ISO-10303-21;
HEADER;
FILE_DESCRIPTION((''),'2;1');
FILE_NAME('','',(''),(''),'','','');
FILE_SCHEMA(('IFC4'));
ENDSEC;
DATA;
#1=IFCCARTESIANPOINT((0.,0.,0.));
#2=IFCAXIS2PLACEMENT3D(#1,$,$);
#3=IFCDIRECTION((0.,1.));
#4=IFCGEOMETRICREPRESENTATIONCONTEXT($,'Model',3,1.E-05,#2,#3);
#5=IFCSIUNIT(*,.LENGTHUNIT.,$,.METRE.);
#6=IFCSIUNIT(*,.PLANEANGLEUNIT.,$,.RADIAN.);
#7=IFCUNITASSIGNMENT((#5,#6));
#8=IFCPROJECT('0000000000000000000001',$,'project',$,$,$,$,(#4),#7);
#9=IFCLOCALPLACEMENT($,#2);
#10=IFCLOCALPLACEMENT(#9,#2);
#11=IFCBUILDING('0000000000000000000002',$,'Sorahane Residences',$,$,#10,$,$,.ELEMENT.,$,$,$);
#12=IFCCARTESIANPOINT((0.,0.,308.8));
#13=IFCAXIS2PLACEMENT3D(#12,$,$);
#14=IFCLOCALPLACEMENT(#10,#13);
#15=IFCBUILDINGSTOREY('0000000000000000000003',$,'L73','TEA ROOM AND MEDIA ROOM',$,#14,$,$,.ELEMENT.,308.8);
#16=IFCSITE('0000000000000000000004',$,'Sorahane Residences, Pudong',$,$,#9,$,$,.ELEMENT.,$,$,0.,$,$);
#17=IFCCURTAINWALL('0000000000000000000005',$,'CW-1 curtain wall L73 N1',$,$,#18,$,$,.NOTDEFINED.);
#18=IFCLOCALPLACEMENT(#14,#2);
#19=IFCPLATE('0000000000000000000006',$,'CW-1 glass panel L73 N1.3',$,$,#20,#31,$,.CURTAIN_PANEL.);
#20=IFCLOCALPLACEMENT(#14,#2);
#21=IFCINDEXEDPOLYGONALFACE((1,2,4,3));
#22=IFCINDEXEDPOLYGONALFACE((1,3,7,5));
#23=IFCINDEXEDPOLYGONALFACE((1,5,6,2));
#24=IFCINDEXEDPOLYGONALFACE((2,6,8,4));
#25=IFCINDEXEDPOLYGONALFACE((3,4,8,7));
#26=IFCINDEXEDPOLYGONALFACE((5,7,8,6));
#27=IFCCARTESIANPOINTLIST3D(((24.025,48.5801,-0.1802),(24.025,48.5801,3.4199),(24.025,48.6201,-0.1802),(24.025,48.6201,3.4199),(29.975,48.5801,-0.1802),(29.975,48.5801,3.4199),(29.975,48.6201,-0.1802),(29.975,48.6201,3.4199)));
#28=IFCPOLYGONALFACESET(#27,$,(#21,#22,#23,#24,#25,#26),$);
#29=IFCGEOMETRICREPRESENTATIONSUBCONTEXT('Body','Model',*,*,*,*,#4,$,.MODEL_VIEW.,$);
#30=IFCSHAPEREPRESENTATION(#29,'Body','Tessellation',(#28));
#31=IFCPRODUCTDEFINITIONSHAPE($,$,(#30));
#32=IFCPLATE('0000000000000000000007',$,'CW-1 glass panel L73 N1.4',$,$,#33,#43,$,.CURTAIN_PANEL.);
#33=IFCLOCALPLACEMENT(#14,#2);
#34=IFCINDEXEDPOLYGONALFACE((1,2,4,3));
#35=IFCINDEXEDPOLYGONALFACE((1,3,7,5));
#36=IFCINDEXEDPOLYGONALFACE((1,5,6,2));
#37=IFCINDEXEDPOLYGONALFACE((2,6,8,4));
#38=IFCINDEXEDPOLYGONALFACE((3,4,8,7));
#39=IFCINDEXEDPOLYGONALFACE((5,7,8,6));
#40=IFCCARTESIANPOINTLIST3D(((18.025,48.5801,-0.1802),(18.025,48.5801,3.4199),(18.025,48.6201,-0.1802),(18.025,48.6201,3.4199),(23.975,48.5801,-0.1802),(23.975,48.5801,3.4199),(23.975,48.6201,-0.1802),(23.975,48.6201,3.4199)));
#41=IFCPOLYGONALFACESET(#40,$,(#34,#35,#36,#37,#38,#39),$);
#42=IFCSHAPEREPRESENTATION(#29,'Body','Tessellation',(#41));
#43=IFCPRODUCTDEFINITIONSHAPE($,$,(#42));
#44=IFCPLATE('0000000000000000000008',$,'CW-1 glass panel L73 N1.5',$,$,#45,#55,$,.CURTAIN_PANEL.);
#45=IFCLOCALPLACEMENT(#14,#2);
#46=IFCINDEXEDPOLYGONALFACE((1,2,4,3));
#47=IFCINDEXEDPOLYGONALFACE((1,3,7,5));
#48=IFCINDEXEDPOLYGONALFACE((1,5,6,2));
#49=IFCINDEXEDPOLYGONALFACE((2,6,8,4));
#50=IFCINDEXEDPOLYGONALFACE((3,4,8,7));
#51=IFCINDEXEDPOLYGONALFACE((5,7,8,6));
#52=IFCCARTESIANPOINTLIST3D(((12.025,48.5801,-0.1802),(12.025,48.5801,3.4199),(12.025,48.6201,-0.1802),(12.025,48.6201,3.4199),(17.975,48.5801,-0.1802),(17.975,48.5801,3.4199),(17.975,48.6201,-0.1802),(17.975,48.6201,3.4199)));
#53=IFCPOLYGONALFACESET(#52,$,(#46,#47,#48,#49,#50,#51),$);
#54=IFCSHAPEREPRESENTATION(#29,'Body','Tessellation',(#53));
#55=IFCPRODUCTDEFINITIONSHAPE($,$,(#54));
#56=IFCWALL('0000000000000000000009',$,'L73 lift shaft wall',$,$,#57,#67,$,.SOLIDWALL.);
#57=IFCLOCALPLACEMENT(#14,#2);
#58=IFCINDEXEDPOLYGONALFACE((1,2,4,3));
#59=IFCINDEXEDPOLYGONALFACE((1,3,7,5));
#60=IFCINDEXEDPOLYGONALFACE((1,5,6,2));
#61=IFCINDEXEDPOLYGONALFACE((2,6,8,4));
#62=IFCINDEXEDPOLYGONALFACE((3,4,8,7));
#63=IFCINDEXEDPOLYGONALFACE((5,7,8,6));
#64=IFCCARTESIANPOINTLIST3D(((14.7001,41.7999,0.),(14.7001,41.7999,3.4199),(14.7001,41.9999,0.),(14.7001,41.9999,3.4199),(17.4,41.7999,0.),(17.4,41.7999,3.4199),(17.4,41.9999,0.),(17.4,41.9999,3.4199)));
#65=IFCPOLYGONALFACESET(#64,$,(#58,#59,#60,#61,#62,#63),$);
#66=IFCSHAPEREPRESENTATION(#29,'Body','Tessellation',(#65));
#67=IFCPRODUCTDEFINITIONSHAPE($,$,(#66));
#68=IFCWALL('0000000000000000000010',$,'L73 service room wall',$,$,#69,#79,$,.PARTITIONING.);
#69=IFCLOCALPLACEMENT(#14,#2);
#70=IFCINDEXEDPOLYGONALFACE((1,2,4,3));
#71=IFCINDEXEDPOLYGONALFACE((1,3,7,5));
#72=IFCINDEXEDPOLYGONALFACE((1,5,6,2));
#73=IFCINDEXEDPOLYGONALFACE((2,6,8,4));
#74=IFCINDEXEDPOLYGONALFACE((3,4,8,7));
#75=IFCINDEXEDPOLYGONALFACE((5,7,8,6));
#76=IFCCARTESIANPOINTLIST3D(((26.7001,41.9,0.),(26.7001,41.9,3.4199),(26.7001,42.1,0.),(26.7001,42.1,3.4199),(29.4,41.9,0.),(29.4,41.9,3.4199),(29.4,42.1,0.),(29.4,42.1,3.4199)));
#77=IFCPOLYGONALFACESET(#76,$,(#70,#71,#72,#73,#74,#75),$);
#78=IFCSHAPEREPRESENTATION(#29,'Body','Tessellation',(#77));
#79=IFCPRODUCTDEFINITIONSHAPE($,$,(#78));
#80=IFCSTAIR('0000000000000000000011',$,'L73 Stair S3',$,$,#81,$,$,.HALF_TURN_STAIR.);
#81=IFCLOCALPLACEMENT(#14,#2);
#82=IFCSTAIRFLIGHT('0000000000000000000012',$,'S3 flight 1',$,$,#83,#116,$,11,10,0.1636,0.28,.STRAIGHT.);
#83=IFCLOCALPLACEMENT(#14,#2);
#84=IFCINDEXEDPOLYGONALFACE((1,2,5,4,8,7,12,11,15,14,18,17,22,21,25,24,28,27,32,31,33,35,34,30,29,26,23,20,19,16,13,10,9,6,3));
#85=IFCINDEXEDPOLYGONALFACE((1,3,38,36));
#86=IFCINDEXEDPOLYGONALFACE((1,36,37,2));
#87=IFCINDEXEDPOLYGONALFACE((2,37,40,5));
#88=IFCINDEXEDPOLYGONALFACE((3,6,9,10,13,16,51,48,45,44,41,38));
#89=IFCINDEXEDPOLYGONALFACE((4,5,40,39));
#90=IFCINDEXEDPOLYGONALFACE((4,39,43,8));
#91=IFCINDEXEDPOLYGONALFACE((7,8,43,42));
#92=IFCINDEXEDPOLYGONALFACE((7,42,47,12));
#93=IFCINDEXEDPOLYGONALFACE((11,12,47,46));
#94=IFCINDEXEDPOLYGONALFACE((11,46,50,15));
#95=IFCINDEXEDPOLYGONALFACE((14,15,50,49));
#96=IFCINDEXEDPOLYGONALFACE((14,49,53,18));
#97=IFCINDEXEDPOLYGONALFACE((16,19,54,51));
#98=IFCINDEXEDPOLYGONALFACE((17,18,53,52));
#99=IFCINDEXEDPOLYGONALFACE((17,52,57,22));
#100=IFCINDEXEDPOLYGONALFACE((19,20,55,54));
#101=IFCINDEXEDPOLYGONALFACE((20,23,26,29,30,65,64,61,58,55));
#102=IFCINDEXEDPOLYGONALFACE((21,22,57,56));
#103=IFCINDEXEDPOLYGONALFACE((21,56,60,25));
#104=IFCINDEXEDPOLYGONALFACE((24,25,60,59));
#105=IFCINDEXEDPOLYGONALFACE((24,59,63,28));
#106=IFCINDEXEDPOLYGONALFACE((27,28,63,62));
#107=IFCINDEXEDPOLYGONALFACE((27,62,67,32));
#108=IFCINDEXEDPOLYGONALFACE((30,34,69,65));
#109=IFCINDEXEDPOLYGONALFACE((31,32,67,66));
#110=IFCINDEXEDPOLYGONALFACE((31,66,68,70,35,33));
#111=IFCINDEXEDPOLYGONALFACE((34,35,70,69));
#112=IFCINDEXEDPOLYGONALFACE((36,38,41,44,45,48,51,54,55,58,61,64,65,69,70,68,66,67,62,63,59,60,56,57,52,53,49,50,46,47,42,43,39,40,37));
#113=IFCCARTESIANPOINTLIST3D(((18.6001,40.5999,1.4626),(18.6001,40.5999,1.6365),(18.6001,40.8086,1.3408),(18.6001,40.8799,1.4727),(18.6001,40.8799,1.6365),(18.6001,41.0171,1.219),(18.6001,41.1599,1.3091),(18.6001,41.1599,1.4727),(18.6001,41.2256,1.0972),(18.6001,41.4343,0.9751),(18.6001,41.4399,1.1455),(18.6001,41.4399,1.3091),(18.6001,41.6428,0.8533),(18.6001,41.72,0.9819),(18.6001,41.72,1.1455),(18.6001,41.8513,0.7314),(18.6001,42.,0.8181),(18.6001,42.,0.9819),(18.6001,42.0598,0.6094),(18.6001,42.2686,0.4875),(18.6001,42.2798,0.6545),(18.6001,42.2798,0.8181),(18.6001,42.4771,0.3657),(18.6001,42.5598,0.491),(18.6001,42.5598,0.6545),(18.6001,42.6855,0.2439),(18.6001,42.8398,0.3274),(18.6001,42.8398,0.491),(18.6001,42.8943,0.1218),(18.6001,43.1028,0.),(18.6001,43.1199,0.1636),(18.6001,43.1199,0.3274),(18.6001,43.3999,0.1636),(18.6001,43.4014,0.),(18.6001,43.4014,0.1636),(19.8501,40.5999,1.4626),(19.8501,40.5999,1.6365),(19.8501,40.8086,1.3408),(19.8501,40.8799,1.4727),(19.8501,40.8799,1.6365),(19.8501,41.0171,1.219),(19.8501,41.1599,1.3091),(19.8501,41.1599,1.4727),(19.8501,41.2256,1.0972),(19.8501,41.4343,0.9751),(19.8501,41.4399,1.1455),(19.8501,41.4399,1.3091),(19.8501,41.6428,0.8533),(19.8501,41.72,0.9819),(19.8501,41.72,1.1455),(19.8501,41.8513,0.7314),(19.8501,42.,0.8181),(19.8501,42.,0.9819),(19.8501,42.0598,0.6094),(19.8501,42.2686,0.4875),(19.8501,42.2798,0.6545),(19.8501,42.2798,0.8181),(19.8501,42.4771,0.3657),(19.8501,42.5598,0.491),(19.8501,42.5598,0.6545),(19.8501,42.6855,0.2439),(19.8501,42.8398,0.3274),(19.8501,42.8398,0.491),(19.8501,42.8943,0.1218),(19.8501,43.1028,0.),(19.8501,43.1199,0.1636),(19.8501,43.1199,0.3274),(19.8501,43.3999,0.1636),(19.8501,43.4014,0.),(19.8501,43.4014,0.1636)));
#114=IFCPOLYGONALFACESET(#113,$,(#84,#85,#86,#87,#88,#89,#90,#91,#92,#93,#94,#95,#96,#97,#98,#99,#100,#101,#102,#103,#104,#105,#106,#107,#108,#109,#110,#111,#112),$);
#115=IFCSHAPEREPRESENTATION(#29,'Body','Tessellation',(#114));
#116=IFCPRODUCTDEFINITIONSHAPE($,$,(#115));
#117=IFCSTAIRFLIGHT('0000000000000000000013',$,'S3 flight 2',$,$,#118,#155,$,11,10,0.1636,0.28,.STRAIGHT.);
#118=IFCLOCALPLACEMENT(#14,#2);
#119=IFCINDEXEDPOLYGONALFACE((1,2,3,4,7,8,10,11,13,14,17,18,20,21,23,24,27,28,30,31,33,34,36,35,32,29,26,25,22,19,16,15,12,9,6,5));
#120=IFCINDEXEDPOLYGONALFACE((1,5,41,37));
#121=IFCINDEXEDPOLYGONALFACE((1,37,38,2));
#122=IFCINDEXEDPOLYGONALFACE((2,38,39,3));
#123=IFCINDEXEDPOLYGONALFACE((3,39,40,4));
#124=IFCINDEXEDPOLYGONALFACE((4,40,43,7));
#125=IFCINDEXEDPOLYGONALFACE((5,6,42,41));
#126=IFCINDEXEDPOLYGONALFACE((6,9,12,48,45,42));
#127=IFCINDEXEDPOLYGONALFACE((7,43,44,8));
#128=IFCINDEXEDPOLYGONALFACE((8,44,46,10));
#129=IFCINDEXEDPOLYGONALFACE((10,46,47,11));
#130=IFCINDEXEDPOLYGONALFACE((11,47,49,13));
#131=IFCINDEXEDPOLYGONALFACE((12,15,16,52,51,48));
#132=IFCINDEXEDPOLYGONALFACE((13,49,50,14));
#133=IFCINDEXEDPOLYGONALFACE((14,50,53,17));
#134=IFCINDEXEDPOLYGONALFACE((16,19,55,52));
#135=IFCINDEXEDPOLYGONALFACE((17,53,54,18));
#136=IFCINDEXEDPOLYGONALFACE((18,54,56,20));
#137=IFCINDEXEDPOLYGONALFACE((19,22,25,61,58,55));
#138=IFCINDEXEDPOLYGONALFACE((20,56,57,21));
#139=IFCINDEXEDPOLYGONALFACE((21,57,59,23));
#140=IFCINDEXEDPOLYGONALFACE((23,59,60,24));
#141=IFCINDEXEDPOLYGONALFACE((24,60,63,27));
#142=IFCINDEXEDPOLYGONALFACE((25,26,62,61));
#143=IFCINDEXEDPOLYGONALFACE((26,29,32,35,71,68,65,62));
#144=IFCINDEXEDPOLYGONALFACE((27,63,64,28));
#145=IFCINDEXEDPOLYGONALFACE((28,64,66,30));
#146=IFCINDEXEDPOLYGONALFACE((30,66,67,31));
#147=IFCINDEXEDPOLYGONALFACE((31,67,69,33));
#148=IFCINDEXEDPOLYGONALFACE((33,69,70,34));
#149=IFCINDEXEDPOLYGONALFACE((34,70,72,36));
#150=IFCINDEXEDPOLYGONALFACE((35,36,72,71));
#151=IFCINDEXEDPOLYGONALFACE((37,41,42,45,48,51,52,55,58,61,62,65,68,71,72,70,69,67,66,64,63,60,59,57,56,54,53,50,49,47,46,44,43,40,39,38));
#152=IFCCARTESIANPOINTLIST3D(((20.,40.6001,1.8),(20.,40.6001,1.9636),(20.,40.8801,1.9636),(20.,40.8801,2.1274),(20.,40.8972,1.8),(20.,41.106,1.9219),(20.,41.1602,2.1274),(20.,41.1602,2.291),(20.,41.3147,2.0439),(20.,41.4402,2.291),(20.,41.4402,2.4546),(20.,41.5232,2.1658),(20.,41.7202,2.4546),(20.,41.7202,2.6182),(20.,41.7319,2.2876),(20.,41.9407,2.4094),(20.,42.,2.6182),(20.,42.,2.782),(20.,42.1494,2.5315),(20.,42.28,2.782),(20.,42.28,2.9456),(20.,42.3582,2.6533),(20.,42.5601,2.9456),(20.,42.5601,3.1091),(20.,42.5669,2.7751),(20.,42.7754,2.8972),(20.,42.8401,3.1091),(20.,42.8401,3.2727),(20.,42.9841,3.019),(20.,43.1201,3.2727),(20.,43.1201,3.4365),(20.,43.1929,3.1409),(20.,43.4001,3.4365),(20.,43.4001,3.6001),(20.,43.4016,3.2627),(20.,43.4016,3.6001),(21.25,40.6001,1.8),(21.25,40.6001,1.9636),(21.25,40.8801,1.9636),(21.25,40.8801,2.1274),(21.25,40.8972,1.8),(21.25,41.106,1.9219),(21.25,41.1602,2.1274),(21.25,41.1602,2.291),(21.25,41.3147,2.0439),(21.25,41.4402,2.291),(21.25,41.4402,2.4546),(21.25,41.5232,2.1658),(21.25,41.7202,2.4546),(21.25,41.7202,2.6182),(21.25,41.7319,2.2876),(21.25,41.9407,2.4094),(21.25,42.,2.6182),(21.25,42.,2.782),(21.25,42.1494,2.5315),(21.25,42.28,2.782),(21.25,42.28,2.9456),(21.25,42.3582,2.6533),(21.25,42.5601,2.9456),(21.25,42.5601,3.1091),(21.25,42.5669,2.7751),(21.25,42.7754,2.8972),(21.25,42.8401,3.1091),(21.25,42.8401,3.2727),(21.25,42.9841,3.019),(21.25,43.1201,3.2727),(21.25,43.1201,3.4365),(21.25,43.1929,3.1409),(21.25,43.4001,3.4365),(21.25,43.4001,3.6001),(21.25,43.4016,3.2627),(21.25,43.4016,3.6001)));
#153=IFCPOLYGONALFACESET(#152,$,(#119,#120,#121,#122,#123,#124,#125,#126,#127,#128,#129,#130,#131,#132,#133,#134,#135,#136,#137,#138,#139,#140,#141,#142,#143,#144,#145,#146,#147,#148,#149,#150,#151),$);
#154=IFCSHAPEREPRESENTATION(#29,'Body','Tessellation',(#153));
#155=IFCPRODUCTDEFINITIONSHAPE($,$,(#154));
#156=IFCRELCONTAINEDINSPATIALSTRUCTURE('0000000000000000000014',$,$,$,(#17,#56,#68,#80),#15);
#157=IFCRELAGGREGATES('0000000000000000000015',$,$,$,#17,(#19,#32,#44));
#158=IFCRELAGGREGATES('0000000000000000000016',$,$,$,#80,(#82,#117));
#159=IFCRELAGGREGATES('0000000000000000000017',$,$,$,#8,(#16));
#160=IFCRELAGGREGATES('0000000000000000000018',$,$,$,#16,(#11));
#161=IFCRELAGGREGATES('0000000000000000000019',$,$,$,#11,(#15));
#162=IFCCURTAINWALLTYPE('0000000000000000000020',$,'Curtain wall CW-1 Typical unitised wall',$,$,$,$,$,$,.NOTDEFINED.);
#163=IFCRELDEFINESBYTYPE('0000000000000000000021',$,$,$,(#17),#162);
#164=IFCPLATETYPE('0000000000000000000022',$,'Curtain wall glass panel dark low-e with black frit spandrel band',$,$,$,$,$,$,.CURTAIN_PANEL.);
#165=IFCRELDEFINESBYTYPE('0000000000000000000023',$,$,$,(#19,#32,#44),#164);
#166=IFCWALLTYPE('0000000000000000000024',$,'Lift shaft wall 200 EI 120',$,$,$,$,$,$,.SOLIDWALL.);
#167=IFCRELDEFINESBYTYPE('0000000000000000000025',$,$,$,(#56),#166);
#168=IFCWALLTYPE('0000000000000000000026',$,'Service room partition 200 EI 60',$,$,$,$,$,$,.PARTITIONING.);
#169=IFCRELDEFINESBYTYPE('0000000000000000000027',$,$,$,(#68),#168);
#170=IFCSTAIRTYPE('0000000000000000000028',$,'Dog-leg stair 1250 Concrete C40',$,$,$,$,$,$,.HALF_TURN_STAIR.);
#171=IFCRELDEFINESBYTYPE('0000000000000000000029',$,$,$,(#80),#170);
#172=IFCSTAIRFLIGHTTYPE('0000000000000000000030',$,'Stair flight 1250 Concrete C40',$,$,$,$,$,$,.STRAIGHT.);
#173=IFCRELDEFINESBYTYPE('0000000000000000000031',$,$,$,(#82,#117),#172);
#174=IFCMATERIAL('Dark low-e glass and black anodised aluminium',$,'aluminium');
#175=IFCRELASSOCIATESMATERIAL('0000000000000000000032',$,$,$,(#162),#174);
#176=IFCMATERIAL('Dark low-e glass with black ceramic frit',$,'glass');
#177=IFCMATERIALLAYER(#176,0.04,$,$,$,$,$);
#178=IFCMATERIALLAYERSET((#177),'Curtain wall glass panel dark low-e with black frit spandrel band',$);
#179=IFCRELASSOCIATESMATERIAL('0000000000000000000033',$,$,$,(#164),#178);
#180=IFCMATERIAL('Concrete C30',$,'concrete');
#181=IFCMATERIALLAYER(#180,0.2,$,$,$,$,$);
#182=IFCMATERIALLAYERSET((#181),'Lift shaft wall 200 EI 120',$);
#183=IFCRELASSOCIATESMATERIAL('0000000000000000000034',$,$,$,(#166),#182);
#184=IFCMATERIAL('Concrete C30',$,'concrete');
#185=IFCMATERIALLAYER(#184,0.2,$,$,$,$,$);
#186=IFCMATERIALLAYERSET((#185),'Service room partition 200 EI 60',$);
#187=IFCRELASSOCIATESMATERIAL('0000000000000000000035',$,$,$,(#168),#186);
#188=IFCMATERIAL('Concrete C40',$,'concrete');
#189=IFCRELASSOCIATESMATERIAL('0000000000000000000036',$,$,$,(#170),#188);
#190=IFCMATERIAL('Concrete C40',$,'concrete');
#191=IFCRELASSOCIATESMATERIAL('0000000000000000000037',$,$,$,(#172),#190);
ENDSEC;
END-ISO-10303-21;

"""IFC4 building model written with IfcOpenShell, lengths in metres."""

from ifc_helpers import new_model, si_unit, direction, frame, frame_2d, origin, origin_2d, place, context, subcontext, project, spatial, polyline, rectangle, outline, extrude, material, layer, layer_set, type_object, element, aggregate, save


model = new_model("IFC4")

# Units and contexts
model_context = context("Model", 3, precision=1e-05, world=origin(), true_north=direction((0.0, 1.0)))
body_context = subcontext(model_context, "Body", "Model", "MODEL_VIEW")
ifc_project = project(units=[si_unit("LENGTHUNIT", "METRE"), si_unit("PLANEANGLEUNIT", "RADIAN")], contexts=[model_context])

# Site, building, storey
site_placement = place(None, origin())
site = spatial("IfcSite", under=ifc_project, at=site_placement, Name="Sorahane Residences, Pudong", CompositionType="ELEMENT", RefElevation=0.0)
building_placement = place(site_placement, origin())
building = spatial("IfcBuilding", under=site, at=building_placement, Name="Sorahane Residences", CompositionType="ELEMENT")
storey_placement = place(building_placement, frame((0.0, 0.0, 308.8)))
storey = spatial("IfcBuildingStorey", under=building, at=storey_placement, Name="L73", Description="TEA ROOM AND MEDIA ROOM", CompositionType="ELEMENT", Elevation=308.8)

# Curtain wall
ifc_material_1 = material(Name="Dark low-e glass and black anodised aluminium", Category="aluminium")
curtain_wall_type = type_object("IfcCurtainWallType", Name="Curtain wall CW-1 Typical unitised wall", PredefinedType="NOTDEFINED", material=ifc_material_1)
curtain_wall_placement = place(storey_placement, origin())
curtain_wall = element("IfcCurtainWall", 1, at=curtain_wall_placement, inside=storey, type_object=curtain_wall_type, Name="CW-1 curtain wall L73 N1", PredefinedType="NOTDEFINED")

# Plates
ifc_material_2 = material(Name="Dark low-e glass with black ceramic frit", Category="glass")
ifc_layer_1 = layer(ifc_material_2, 0.04)
ifc_layer_set_1 = layer_set([ifc_layer_1], Name="Curtain wall glass panel dark low-e with black frit spandrel band")
plate_type = type_object("IfcPlateType", Name="Curtain wall glass panel dark low-e with black frit spandrel band", PredefinedType="CURTAIN_PANEL", material=ifc_layer_set_1)
plate_1_placement = place(storey_placement, frame((27.0, 48.6001, -0.1802), z_axis=(0.0, 0.0, 1.0), x_axis=(-1.0, 0.0, 0.0)))
plate_1 = element("IfcPlate", 2, at=plate_1_placement, type_object=plate_type, Name="CW-1 glass panel L73 N1.3", PredefinedType="CURTAIN_PANEL", context=body_context, shape_type="SweptSolid", body=[
    extrude(rectangle(XDim=5.95, YDim=0.04, at=origin_2d()), origin(), (0.0, 0.0, 1.0), 3.6001),
])
plate_2_placement = place(storey_placement, frame((21.0, 48.6001, -0.1802), z_axis=(0.0, 0.0, 1.0), x_axis=(-1.0, 0.0, 0.0)))
plate_2 = element("IfcPlate", 3, at=plate_2_placement, type_object=plate_type, Name="CW-1 glass panel L73 N1.4", PredefinedType="CURTAIN_PANEL", context=body_context, shape_type="SweptSolid", body=[
    extrude(rectangle(XDim=5.95, YDim=0.04, at=origin_2d()), origin(), (0.0, 0.0, 1.0), 3.6001),
])
plate_3_placement = place(storey_placement, frame((15.0, 48.6001, -0.1802), z_axis=(0.0, 0.0, 1.0), x_axis=(-1.0, 0.0, 0.0)))
plate_3 = element("IfcPlate", 4, at=plate_3_placement, type_object=plate_type, Name="CW-1 glass panel L73 N1.5", PredefinedType="CURTAIN_PANEL", context=body_context, shape_type="SweptSolid", body=[
    extrude(rectangle(XDim=5.95, YDim=0.04, at=origin_2d()), origin(), (0.0, 0.0, 1.0), 3.6001),
])
aggregate(curtain_wall, [plate_1, plate_2, plate_3])

# Walls
ifc_material_3 = material(Name="Concrete C30", Category="concrete")
ifc_layer_2 = layer(ifc_material_3, 0.2)
ifc_layer_set_2 = layer_set([ifc_layer_2], Name="Lift shaft wall 200 EI 120")
wall_type_1 = type_object("IfcWallType", Name="Lift shaft wall 200 EI 120", PredefinedType="SOLIDWALL", material=ifc_layer_set_2)
wall_1_placement = place(storey_placement, frame((14.7, 41.8999, 0.0), z_axis=(0.0, 0.0, 1.0), x_axis=(1.0, 0.0, 0.0)))
element("IfcWall", 5, at=wall_1_placement, inside=storey, type_object=wall_type_1, Name="L73 lift shaft wall", PredefinedType="SOLIDWALL", context=body_context, shape_type="SweptSolid", body=[
    extrude(rectangle(XDim=2.7, YDim=0.2, at=frame_2d((1.3501, 0.0))), origin(), (0.0, 0.0, 1.0), 3.4199),
])
ifc_material_4 = material(Name="Concrete C30", Category="concrete")
ifc_layer_3 = layer(ifc_material_4, 0.2)
ifc_layer_set_3 = layer_set([ifc_layer_3], Name="Service room partition 200 EI 60")
wall_type_2 = type_object("IfcWallType", Name="Service room partition 200 EI 60", PredefinedType="PARTITIONING", material=ifc_layer_set_3)
wall_2_placement = place(storey_placement, frame((26.7, 42.0, 0.0), z_axis=(0.0, 0.0, 1.0), x_axis=(1.0, 0.0, 0.0)))
element("IfcWall", 6, at=wall_2_placement, inside=storey, type_object=wall_type_2, Name="L73 service room wall", PredefinedType="PARTITIONING", context=body_context, shape_type="SweptSolid", body=[
    extrude(rectangle(XDim=2.7, YDim=0.2, at=frame_2d((1.3501, 0.0))), origin(), (0.0, 0.0, 1.0), 3.4199),
])

# Stair, stair flights
ifc_material_5 = material(Name="Concrete C40", Category="concrete")
stair_type = type_object("IfcStairType", Name="Dog-leg stair 1250 Concrete C40", PredefinedType="HALF_TURN_STAIR", material=ifc_material_5)
stair_placement = place(storey_placement, origin())
stair = element("IfcStair", 7, at=stair_placement, inside=storey, type_object=stair_type, Name="L73 Stair S3", PredefinedType="HALF_TURN_STAIR")
ifc_material_6 = material(Name="Concrete C40", Category="concrete")
stair_flight_type = type_object("IfcStairFlightType", Name="Stair flight 1250 Concrete C40", PredefinedType="STRAIGHT", material=ifc_material_6)
stair_flight_1_placement = place(storey_placement, frame((19.2251, 43.3999, 0.0), z_axis=(0.0, 0.0, 1.0), x_axis=(0.0, -1.0, 0.0)))
stair_flight_1 = element("IfcStairFlight", 8, at=stair_flight_1_placement, type_object=stair_flight_type, Name="S3 flight 1", NumberOfRisers=11, NumberOfTreads=10, PredefinedType="STRAIGHT", RiserHeight=0.1636, TreadLength=0.28, context=body_context, shape_type="SweptSolid", body=[
    extrude(outline(polyline([(-0.0015, 0.0), (-0.0015, 0.1636), (0.0, 0.1636), (0.28, 0.1636), (0.28, 0.3274), (0.5601, 0.3274), (0.5601, 0.491), (0.8401, 0.491), (0.8401, 0.6545), (1.1201, 0.6545), (1.1201, 0.8181), (1.3999, 0.8181), (1.3999, 0.9819), (1.6799, 0.9819), (1.6799, 1.1455), (1.96, 1.1455), (1.96, 1.3091), (2.24, 1.3091), (2.24, 1.4727), (2.52, 1.4727), (2.52, 1.6365), (2.8, 1.6365), (2.8, 1.8), (2.8, 1.4626), (2.5913, 1.3408), (2.3828, 1.219), (2.1743, 1.0972), (1.9656, 0.9751), (1.7571, 0.8533), (1.5486, 0.7314), (1.3401, 0.6094), (1.1313, 0.4875), (0.9229, 0.3657), (0.7144, 0.2439), (0.5056, 0.1218), (0.2971, 0.0), (-0.0015, 0.0)])), frame((0.0, 0.625, 0.0), z_axis=(0.0, -1.0, 0.0), x_axis=(1.0, 0.0, 0.0)), (0.0, 0.0, 1.0), 1.25),
])
stair_flight_2_placement = place(storey_placement, frame((20.625, 40.6001, 1.8), z_axis=(0.0, 0.0, 1.0), x_axis=(0.0, 1.0, 0.0)))
stair_flight_2 = element("IfcStairFlight", 9, at=stair_flight_2_placement, type_object=stair_flight_type, Name="S3 flight 2", NumberOfRisers=11, NumberOfTreads=10, PredefinedType="STRAIGHT", RiserHeight=0.1636, TreadLength=0.28, context=body_context, shape_type="SweptSolid", body=[
    extrude(outline(polyline([(0.0, 0.0), (0.0, 0.1636), (0.28, 0.1636), (0.28, 0.3274), (0.5601, 0.3274), (0.5601, 0.491), (0.8401, 0.491), (0.8401, 0.6545), (1.1201, 0.6545), (1.1201, 0.8181), (1.3999, 0.8181), (1.3999, 0.9819), (1.6799, 0.9819), (1.6799, 1.1455), (1.96, 1.1455), (1.96, 1.3091), (2.24, 1.3091), (2.24, 1.4727), (2.52, 1.4727), (2.52, 1.6365), (2.8, 1.6365), (2.8, 1.8), (2.8015, 1.8), (2.8015, 1.4626), (2.5928, 1.3408), (2.384, 1.219), (2.1753, 1.0972), (1.9668, 0.9751), (1.7581, 0.8533), (1.5493, 0.7314), (1.3406, 0.6094), (1.1318, 0.4875), (0.9231, 0.3657), (0.7146, 0.2439), (0.5059, 0.1218), (0.2971, 0.0), (0.0, 0.0)])), frame((0.0, 0.625, 0.0), z_axis=(0.0, -1.0, 0.0), x_axis=(1.0, 0.0, 0.0)), (0.0, 0.0, 1.0), 1.25),
])
aggregate(stair, [stair_flight_1, stair_flight_2])

save(model, "model.ifc")
